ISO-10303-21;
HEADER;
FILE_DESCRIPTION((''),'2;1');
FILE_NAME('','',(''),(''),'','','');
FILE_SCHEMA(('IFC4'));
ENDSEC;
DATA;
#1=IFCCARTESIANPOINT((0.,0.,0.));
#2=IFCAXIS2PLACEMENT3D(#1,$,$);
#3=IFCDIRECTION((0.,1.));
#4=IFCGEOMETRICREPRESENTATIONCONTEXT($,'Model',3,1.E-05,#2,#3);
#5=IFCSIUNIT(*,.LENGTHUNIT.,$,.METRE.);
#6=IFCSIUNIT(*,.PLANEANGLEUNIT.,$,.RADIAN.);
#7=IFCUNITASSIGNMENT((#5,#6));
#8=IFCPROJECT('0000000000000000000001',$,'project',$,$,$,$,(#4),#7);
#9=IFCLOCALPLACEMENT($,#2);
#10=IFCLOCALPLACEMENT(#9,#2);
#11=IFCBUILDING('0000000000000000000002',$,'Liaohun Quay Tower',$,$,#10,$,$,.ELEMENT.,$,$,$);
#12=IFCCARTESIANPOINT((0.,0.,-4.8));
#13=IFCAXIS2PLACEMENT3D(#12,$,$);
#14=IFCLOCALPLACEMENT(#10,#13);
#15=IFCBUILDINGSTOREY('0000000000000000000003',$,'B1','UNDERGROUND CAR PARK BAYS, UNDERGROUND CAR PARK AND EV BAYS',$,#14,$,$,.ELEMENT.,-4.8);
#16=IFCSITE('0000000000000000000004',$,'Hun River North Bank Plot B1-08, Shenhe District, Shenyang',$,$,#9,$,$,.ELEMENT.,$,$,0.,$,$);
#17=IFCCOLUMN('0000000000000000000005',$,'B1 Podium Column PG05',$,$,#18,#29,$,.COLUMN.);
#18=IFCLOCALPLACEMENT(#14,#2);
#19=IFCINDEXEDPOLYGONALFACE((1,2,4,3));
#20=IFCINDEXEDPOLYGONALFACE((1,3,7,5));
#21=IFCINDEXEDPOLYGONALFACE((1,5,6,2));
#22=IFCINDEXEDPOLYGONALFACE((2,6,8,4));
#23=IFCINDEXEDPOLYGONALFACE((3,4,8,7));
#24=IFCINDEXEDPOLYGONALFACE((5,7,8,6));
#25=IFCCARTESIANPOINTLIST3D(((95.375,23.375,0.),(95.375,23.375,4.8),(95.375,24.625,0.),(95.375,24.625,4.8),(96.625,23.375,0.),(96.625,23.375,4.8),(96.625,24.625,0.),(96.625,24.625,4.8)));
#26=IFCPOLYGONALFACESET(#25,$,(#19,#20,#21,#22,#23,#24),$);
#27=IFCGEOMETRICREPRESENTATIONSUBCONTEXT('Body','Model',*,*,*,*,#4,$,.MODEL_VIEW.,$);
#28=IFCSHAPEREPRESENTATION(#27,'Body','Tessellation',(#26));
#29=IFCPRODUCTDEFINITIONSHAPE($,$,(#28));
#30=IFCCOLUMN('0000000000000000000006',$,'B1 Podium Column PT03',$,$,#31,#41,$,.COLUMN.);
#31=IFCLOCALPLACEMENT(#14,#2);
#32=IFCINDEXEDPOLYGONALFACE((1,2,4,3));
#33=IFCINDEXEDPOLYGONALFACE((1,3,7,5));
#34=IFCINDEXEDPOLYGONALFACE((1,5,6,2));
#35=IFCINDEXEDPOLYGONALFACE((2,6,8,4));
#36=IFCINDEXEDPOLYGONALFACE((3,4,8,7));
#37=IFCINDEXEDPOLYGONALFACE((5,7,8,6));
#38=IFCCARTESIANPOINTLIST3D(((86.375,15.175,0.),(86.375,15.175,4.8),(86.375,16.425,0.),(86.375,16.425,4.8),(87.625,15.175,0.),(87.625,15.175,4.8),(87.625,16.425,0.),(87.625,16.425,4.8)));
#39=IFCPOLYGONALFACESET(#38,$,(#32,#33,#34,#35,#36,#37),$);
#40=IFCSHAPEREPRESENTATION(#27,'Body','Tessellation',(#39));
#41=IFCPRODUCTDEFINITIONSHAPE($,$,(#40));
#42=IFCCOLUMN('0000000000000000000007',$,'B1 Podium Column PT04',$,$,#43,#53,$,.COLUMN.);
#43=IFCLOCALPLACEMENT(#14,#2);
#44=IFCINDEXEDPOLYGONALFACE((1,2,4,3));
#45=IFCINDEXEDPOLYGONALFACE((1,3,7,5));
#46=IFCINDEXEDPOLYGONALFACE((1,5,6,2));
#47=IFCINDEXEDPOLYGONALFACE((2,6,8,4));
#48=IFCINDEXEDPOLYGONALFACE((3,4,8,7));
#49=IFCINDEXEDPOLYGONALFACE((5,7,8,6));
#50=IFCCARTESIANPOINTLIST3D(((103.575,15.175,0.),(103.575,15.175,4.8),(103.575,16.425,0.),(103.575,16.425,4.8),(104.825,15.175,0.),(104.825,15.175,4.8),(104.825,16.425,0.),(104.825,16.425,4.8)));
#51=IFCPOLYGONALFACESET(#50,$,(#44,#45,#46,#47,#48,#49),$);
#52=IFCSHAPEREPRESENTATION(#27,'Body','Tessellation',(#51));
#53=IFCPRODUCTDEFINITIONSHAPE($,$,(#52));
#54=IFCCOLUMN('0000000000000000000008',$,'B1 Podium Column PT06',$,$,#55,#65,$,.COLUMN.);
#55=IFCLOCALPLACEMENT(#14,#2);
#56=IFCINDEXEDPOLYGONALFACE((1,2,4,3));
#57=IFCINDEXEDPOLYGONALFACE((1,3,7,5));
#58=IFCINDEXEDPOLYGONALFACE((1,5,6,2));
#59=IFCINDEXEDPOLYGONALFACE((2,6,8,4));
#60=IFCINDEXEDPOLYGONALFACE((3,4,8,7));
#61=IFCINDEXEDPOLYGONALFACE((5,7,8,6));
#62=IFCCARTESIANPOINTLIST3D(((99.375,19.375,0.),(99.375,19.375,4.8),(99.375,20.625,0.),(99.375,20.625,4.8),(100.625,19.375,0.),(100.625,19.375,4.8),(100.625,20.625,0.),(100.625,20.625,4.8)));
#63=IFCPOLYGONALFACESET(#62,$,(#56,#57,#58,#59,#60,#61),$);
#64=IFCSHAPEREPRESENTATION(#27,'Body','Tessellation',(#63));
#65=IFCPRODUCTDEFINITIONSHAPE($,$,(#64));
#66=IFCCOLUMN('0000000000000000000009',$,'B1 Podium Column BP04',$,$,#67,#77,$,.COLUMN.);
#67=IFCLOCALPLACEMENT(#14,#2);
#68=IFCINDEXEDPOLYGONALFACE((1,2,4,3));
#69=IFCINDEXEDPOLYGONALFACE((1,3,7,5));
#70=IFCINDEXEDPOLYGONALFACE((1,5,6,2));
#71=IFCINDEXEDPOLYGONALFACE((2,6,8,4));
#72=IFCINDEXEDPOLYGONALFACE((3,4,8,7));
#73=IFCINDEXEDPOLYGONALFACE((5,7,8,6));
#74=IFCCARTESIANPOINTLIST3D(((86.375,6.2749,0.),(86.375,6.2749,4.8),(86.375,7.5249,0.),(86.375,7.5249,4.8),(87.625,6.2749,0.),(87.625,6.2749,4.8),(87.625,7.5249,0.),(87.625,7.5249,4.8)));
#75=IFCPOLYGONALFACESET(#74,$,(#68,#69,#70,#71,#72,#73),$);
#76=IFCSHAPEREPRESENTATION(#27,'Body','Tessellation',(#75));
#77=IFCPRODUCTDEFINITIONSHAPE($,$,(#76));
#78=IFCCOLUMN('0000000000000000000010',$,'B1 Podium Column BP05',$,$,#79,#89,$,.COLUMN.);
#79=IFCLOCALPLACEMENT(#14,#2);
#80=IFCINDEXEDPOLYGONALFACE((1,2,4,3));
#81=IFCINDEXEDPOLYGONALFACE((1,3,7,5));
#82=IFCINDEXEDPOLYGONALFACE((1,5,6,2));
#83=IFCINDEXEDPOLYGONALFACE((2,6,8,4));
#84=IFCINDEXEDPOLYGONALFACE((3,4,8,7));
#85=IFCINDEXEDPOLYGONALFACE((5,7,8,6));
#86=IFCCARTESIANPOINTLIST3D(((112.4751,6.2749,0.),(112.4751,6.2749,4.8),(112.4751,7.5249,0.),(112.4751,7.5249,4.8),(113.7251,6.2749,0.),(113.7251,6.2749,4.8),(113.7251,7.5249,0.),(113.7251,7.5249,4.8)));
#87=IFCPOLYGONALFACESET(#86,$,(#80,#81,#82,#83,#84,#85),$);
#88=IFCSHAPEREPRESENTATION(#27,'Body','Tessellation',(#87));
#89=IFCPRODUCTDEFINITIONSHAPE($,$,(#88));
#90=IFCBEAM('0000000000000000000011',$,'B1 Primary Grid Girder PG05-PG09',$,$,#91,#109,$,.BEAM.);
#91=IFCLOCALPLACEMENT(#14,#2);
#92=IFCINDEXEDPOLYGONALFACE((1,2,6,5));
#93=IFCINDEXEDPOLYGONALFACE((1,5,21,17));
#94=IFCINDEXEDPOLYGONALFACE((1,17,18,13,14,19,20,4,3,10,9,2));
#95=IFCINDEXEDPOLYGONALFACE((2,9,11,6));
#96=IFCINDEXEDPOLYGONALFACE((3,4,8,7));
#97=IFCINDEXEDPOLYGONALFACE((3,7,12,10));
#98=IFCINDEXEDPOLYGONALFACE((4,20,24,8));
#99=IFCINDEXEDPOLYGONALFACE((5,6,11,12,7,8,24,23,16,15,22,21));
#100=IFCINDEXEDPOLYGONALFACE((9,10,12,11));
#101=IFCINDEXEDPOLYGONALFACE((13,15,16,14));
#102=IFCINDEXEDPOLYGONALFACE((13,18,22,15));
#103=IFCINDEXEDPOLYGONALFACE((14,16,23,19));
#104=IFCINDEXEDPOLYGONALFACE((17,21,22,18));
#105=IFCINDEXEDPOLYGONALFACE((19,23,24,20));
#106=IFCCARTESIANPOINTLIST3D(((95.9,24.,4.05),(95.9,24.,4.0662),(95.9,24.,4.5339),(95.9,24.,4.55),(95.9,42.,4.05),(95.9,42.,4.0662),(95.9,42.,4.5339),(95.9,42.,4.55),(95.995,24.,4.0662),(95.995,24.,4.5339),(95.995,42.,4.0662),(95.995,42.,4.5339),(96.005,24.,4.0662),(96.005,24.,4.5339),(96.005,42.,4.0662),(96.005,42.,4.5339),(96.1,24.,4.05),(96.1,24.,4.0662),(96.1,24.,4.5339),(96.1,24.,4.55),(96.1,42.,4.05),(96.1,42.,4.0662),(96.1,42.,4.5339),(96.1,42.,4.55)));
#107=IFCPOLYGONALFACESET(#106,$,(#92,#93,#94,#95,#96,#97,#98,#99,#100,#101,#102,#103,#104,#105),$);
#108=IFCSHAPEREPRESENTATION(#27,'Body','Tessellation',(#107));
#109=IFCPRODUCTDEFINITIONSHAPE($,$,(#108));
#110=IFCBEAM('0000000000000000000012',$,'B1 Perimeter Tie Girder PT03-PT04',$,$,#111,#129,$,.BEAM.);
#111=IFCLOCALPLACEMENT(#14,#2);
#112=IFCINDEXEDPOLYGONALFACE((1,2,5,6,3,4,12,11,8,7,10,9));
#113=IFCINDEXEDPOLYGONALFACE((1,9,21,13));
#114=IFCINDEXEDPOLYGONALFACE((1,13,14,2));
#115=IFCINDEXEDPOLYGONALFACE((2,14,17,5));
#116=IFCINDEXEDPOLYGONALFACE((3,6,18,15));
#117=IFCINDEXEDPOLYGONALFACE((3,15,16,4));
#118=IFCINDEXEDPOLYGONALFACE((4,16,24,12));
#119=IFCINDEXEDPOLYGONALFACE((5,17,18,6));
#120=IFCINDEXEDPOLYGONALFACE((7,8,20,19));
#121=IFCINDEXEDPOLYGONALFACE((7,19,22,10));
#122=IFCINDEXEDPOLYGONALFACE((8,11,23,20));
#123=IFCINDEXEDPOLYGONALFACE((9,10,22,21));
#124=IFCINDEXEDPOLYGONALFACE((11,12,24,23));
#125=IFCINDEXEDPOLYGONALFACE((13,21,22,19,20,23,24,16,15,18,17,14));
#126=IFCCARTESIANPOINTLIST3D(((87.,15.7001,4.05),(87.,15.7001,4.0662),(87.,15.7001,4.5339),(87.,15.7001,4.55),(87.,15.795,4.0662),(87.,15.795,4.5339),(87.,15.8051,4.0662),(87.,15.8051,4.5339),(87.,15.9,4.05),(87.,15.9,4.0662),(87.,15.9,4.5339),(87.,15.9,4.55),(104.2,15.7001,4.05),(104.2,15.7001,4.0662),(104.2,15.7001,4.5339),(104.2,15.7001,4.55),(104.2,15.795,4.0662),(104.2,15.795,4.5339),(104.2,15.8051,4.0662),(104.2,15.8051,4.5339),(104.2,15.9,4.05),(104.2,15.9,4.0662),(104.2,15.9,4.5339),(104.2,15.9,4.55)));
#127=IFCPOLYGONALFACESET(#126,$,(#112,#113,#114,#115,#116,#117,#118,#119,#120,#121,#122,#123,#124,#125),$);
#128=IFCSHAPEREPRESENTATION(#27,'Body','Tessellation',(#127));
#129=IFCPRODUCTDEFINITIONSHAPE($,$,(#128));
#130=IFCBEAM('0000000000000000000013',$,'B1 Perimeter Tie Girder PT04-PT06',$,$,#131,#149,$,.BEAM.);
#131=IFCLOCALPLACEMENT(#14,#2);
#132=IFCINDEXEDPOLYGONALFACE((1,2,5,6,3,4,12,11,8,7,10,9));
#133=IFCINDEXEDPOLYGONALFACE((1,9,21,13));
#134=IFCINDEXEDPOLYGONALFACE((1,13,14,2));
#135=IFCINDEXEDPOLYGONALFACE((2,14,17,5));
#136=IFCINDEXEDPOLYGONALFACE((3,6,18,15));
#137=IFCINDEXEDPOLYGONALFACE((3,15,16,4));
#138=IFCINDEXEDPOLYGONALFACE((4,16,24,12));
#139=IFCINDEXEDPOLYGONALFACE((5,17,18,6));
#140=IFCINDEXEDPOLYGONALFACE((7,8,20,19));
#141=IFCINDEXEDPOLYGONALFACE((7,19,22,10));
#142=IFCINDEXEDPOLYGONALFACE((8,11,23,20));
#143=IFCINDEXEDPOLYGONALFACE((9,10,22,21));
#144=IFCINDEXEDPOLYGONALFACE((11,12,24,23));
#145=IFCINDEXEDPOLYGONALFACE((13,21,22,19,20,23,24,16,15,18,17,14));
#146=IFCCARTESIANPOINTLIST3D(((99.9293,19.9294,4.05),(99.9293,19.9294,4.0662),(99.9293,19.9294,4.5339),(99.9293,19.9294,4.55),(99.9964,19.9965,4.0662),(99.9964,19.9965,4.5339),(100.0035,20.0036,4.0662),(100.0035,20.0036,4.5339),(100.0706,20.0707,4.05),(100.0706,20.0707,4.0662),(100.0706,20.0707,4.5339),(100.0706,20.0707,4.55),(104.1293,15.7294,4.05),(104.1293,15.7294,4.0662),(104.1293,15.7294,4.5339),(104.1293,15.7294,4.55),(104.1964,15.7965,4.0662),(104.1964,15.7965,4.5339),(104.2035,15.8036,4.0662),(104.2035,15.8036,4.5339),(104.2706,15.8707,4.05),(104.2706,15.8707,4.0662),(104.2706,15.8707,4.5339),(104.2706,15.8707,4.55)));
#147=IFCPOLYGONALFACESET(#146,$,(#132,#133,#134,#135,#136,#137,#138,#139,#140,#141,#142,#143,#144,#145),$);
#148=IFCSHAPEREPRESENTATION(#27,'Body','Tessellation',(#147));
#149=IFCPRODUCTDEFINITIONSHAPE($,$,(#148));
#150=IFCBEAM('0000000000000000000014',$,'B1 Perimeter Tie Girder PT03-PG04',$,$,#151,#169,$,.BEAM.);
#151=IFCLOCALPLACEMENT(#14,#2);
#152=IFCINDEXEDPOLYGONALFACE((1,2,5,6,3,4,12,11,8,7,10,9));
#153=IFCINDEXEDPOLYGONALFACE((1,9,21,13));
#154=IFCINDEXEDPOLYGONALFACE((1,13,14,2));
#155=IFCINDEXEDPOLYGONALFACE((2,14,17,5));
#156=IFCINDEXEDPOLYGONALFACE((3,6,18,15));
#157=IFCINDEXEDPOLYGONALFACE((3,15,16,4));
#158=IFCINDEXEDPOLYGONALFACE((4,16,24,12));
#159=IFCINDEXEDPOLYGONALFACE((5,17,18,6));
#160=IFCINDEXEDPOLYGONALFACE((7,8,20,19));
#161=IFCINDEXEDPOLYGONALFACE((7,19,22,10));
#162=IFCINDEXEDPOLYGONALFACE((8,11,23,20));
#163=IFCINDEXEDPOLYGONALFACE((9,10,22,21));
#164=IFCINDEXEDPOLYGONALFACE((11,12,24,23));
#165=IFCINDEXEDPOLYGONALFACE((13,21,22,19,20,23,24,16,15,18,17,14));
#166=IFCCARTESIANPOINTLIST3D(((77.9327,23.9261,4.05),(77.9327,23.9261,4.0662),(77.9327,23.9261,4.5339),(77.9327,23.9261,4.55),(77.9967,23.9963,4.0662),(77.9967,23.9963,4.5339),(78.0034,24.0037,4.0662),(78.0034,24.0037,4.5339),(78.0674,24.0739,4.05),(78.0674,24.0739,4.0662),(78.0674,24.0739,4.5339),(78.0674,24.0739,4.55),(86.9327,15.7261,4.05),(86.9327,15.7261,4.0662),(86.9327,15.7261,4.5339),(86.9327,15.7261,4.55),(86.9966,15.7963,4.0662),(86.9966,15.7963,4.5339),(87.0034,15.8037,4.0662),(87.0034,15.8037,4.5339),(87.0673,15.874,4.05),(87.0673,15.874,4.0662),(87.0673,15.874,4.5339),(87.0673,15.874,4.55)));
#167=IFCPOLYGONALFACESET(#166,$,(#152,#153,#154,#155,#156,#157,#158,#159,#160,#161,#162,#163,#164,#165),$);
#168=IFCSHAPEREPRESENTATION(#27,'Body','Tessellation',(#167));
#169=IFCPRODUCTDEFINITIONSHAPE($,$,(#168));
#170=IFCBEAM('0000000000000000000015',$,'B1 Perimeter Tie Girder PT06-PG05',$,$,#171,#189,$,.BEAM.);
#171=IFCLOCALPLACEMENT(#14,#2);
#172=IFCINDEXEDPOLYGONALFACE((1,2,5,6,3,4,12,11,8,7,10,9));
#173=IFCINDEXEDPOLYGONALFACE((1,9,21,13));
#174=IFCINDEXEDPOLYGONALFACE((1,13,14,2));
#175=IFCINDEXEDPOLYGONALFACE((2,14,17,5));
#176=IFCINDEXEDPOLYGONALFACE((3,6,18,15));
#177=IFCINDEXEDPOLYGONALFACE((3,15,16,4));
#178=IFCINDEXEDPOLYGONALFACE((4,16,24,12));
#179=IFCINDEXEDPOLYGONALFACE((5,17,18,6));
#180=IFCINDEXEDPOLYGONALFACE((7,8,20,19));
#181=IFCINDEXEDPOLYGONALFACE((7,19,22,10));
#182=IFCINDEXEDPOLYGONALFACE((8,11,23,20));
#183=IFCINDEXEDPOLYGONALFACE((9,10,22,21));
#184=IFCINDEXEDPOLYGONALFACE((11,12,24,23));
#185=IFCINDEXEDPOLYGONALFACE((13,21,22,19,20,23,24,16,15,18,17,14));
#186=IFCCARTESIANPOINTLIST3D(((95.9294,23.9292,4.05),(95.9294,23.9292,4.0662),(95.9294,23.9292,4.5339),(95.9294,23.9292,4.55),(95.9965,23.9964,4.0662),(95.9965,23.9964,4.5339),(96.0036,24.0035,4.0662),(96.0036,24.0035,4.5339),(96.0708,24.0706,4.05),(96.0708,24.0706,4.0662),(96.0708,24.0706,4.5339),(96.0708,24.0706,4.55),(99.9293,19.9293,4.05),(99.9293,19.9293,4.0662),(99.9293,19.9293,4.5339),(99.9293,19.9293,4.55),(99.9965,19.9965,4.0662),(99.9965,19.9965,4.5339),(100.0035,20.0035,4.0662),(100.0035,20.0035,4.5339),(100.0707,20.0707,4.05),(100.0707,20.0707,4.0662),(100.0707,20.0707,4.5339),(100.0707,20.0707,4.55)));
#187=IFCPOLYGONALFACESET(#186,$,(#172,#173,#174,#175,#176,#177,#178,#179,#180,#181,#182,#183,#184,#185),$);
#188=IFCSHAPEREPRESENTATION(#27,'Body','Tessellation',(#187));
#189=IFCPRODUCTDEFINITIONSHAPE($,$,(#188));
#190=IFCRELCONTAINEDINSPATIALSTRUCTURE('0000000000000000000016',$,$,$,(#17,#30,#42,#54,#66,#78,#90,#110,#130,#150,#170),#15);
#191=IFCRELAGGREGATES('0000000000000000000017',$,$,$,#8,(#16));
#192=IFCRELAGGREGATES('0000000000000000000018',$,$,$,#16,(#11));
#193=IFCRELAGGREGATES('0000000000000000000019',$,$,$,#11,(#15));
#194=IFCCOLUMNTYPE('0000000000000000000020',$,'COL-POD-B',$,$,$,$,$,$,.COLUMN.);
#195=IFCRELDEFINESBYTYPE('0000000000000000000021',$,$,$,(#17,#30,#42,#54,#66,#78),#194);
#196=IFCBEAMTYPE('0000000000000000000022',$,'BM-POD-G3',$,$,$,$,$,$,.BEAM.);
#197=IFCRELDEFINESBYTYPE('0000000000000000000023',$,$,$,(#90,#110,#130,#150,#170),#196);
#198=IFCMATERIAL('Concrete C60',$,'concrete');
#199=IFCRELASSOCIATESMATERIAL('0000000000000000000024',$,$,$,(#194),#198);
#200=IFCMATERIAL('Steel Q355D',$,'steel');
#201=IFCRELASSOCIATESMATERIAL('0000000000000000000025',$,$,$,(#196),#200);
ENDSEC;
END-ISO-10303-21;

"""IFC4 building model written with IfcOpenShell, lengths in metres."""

from ifc_helpers import new_model, si_unit, direction, frame, origin, origin_2d, place, context, subcontext, project, spatial, rectangle, i_section, extrude, source, transform, mapped, material, material_profile, profile_set, type_object, element, save


model = new_model("IFC4")

# Units and contexts
model_context = context("Model", 3, precision=1e-05, world=origin(), true_north=direction((0.0, 1.0)))
body_context = subcontext(model_context, "Body", "Model", "MODEL_VIEW")
ifc_project = project(units=[si_unit("LENGTHUNIT", "METRE"), si_unit("PLANEANGLEUNIT", "RADIAN")], contexts=[model_context])

# Site, building, storey
site_placement = place(None, origin())
site = spatial("IfcSite", under=ifc_project, at=site_placement, Name="Hun River North Bank Plot B1-08, Shenhe District, Shenyang", CompositionType="ELEMENT", RefElevation=0.0)
building_placement = place(site_placement, origin())
building = spatial("IfcBuilding", under=site, at=building_placement, Name="Liaohun Quay Tower", CompositionType="ELEMENT")
storey_placement = place(building_placement, frame((0.0, 0.0, -4.8)))
storey = spatial("IfcBuildingStorey", under=building, at=storey_placement, Name="B1", Description="UNDERGROUND CAR PARK BAYS, UNDERGROUND CAR PARK AND EV BAYS", CompositionType="ELEMENT", Elevation=-4.8)

# Columns
ifc_material_1 = material(Name="Concrete C60", Category="concrete")
ifc_material_profile_1 = material_profile(ifc_material_1, rectangle(XDim=1.25, YDim=1.25, at=origin_2d()), Name="RC1250x1250")
ifc_profile_set_1 = profile_set([ifc_material_profile_1], Name="Concrete C60")
column_type = type_object("IfcColumnType", Name="COL-POD-B", PredefinedType="COLUMN", material=ifc_profile_set_1)
shared_shape_1 = source(origin(), body_context, "Body", "SweptSolid", [
    extrude(rectangle(XDim=1.25, YDim=1.25, at=origin_2d()), origin(), (0.0, 0.0, 1.0), 4.8),
])
for number, where, z_axis, x_axis, name in (
    (1, (96.0, 24.0, 0.0), (0.0, 0.0, 1.0), (1.0, 0.0, 0.0), "B1 Podium Column PG05"),
    (2, (87.0, 15.8, 0.0), (0.0, 0.0, 1.0), (1.0, 0.0, 0.0), "B1 Podium Column PT03"),
    (3, (104.2, 15.8, 0.0), (0.0, 0.0, 1.0), (1.0, 0.0, 0.0), "B1 Podium Column PT04"),
    (4, (100.0, 20.0, 0.0), (0.0, 0.0, 1.0), (1.0, 0.0, 0.0), "B1 Podium Column PT06"),
    (5, (87.0, 6.8999, 0.0), (0.0, 0.0, 1.0), (1.0, 0.0, 0.0), "B1 Podium Column BP04"),
    (6, (113.1001, 6.8999, 0.0), (0.0, 0.0, 1.0), (1.0, 0.0, 0.0), "B1 Podium Column BP05"),
):
    element("IfcColumn", number, at=place(storey_placement, frame(where, z_axis=z_axis, x_axis=x_axis)), inside=storey, type_object=column_type, Name=name, PredefinedType="COLUMN", context=body_context, shape_type="MappedRepresentation", body=[
        mapped(shared_shape_1, transform((0.0, 0.0, 0.0), x_axis=(1.0, 0.0, 0.0), y_axis=(0.0, 1.0, 0.0), z_axis=(0.0, 0.0, 1.0), scale=1.0)),
    ])

# Beams
ifc_material_2 = material(Name="Steel Q355D", Category="steel")
ifc_material_profile_2 = material_profile(ifc_material_2, i_section(OverallWidth=0.2, OverallDepth=0.5, WebThickness=0.01, FlangeThickness=0.0161, at=origin_2d()), Name="HN500x200x10x16")
ifc_profile_set_2 = profile_set([ifc_material_profile_2], Name="Steel Q355D")
beam_type_1 = type_object("IfcBeamType", Name="BM-POD-G3", PredefinedType="BEAM", material=ifc_profile_set_2)
shared_shape_2 = source(origin(), body_context, "Body", "SweptSolid", [
    extrude(i_section(OverallWidth=0.2, OverallDepth=0.5, WebThickness=0.01, FlangeThickness=0.0161, at=origin_2d()), origin(), (0.0, 0.0, 1.0), 18.0),
])
beam_1_placement = place(storey_placement, frame((96.0, 24.0, 4.3), z_axis=(0.0, 1.0, 0.0), x_axis=(-1.0, 0.0, 0.0)))
element("IfcBeam", 7, at=beam_1_placement, inside=storey, type_object=beam_type_1, Name="B1 Primary Grid Girder PG05-PG09", PredefinedType="BEAM", context=body_context, shape_type="MappedRepresentation", body=[
    mapped(shared_shape_2, transform((0.0, 0.0, 0.0), x_axis=(1.0, 0.0, 0.0), y_axis=(0.0, 1.0, 0.0), z_axis=(0.0, 0.0, 1.0), scale=1.0)),
])
shared_shape_3 = source(origin(), body_context, "Body", "SweptSolid", [
    extrude(i_section(OverallWidth=0.2, OverallDepth=0.5, WebThickness=0.01, FlangeThickness=0.0161, at=origin_2d()), origin(), (0.0, 0.0, 1.0), 17.2),
])
beam_2_placement = place(storey_placement, frame((87.0, 15.8, 4.3), z_axis=(1.0, 0.0, 0.0), x_axis=(0.0, 1.0, 0.0)))
element("IfcBeam", 8, at=beam_2_placement, inside=storey, type_object=beam_type_1, Name="B1 Perimeter Tie Girder PT03-PT04", PredefinedType="BEAM", context=body_context, shape_type="MappedRepresentation", body=[
    mapped(shared_shape_3, transform((0.0, 0.0, 0.0), x_axis=(1.0, 0.0, 0.0), y_axis=(0.0, 1.0, 0.0), z_axis=(0.0, 0.0, 1.0), scale=1.0)),
])
shared_shape_4 = source(origin(), body_context, "Body", "SweptSolid", [
    extrude(i_section(OverallWidth=0.2, OverallDepth=0.5, WebThickness=0.01, FlangeThickness=0.0161, at=origin_2d()), origin(), (0.0, 0.0, 1.0), 5.9397),
])
beam_3_placement = place(storey_placement, frame((104.2, 15.8, 4.3), z_axis=(-0.707107, 0.707107, 0.0), x_axis=(-0.707107, -0.707107, 0.0)))
element("IfcBeam", 9, at=beam_3_placement, inside=storey, type_object=beam_type_1, Name="B1 Perimeter Tie Girder PT04-PT06", PredefinedType="BEAM", context=body_context, shape_type="MappedRepresentation", body=[
    mapped(shared_shape_4, transform((0.0, 0.0, 0.0), x_axis=(1.0, 0.0, 0.0), y_axis=(0.0, 1.0, 0.0), z_axis=(0.0, 0.0, 1.0), scale=1.0)),
])
shared_shape_5 = source(origin(), body_context, "Body", "SweptSolid", [
    extrude(i_section(OverallWidth=0.2, OverallDepth=0.5, WebThickness=0.01, FlangeThickness=0.0161, at=origin_2d()), origin(), (0.0, 0.0, 1.0), 12.1753),
])
beam_4_placement = place(storey_placement, frame((87.0, 15.8, 4.3), z_axis=(-0.739198, 0.673488, 0.0), x_axis=(-0.673488, -0.739198, 0.0)))
element("IfcBeam", 10, at=beam_4_placement, inside=storey, type_object=beam_type_1, Name="B1 Perimeter Tie Girder PT03-PG04", PredefinedType="BEAM", context=body_context, shape_type="MappedRepresentation", body=[
    mapped(shared_shape_5, transform((0.0, 0.0, 0.0), x_axis=(1.0, 0.0, 0.0), y_axis=(0.0, 1.0, 0.0), z_axis=(0.0, 0.0, 1.0), scale=1.0)),
])
shared_shape_6 = source(origin(), body_context, "Body", "SweptSolid", [
    extrude(i_section(OverallWidth=0.2, OverallDepth=0.5, WebThickness=0.01, FlangeThickness=0.0161, at=origin_2d()), origin(), (0.0, 0.0, 1.0), 5.6567),
])
beam_5_placement = place(storey_placement, frame((100.0, 20.0, 4.3), z_axis=(-0.707107, 0.707107, 0.0), x_axis=(-0.707107, -0.707107, 0.0)))
element("IfcBeam", 11, at=beam_5_placement, inside=storey, type_object=beam_type_1, Name="B1 Perimeter Tie Girder PT06-PG05", PredefinedType="BEAM", context=body_context, shape_type="MappedRepresentation", body=[
    mapped(shared_shape_6, transform((0.0, 0.0, 0.0), x_axis=(1.0, 0.0, 0.0), y_axis=(0.0, 1.0, 0.0), z_axis=(0.0, 0.0, 1.0), scale=1.0)),
])

save(model, "model.ifc")
